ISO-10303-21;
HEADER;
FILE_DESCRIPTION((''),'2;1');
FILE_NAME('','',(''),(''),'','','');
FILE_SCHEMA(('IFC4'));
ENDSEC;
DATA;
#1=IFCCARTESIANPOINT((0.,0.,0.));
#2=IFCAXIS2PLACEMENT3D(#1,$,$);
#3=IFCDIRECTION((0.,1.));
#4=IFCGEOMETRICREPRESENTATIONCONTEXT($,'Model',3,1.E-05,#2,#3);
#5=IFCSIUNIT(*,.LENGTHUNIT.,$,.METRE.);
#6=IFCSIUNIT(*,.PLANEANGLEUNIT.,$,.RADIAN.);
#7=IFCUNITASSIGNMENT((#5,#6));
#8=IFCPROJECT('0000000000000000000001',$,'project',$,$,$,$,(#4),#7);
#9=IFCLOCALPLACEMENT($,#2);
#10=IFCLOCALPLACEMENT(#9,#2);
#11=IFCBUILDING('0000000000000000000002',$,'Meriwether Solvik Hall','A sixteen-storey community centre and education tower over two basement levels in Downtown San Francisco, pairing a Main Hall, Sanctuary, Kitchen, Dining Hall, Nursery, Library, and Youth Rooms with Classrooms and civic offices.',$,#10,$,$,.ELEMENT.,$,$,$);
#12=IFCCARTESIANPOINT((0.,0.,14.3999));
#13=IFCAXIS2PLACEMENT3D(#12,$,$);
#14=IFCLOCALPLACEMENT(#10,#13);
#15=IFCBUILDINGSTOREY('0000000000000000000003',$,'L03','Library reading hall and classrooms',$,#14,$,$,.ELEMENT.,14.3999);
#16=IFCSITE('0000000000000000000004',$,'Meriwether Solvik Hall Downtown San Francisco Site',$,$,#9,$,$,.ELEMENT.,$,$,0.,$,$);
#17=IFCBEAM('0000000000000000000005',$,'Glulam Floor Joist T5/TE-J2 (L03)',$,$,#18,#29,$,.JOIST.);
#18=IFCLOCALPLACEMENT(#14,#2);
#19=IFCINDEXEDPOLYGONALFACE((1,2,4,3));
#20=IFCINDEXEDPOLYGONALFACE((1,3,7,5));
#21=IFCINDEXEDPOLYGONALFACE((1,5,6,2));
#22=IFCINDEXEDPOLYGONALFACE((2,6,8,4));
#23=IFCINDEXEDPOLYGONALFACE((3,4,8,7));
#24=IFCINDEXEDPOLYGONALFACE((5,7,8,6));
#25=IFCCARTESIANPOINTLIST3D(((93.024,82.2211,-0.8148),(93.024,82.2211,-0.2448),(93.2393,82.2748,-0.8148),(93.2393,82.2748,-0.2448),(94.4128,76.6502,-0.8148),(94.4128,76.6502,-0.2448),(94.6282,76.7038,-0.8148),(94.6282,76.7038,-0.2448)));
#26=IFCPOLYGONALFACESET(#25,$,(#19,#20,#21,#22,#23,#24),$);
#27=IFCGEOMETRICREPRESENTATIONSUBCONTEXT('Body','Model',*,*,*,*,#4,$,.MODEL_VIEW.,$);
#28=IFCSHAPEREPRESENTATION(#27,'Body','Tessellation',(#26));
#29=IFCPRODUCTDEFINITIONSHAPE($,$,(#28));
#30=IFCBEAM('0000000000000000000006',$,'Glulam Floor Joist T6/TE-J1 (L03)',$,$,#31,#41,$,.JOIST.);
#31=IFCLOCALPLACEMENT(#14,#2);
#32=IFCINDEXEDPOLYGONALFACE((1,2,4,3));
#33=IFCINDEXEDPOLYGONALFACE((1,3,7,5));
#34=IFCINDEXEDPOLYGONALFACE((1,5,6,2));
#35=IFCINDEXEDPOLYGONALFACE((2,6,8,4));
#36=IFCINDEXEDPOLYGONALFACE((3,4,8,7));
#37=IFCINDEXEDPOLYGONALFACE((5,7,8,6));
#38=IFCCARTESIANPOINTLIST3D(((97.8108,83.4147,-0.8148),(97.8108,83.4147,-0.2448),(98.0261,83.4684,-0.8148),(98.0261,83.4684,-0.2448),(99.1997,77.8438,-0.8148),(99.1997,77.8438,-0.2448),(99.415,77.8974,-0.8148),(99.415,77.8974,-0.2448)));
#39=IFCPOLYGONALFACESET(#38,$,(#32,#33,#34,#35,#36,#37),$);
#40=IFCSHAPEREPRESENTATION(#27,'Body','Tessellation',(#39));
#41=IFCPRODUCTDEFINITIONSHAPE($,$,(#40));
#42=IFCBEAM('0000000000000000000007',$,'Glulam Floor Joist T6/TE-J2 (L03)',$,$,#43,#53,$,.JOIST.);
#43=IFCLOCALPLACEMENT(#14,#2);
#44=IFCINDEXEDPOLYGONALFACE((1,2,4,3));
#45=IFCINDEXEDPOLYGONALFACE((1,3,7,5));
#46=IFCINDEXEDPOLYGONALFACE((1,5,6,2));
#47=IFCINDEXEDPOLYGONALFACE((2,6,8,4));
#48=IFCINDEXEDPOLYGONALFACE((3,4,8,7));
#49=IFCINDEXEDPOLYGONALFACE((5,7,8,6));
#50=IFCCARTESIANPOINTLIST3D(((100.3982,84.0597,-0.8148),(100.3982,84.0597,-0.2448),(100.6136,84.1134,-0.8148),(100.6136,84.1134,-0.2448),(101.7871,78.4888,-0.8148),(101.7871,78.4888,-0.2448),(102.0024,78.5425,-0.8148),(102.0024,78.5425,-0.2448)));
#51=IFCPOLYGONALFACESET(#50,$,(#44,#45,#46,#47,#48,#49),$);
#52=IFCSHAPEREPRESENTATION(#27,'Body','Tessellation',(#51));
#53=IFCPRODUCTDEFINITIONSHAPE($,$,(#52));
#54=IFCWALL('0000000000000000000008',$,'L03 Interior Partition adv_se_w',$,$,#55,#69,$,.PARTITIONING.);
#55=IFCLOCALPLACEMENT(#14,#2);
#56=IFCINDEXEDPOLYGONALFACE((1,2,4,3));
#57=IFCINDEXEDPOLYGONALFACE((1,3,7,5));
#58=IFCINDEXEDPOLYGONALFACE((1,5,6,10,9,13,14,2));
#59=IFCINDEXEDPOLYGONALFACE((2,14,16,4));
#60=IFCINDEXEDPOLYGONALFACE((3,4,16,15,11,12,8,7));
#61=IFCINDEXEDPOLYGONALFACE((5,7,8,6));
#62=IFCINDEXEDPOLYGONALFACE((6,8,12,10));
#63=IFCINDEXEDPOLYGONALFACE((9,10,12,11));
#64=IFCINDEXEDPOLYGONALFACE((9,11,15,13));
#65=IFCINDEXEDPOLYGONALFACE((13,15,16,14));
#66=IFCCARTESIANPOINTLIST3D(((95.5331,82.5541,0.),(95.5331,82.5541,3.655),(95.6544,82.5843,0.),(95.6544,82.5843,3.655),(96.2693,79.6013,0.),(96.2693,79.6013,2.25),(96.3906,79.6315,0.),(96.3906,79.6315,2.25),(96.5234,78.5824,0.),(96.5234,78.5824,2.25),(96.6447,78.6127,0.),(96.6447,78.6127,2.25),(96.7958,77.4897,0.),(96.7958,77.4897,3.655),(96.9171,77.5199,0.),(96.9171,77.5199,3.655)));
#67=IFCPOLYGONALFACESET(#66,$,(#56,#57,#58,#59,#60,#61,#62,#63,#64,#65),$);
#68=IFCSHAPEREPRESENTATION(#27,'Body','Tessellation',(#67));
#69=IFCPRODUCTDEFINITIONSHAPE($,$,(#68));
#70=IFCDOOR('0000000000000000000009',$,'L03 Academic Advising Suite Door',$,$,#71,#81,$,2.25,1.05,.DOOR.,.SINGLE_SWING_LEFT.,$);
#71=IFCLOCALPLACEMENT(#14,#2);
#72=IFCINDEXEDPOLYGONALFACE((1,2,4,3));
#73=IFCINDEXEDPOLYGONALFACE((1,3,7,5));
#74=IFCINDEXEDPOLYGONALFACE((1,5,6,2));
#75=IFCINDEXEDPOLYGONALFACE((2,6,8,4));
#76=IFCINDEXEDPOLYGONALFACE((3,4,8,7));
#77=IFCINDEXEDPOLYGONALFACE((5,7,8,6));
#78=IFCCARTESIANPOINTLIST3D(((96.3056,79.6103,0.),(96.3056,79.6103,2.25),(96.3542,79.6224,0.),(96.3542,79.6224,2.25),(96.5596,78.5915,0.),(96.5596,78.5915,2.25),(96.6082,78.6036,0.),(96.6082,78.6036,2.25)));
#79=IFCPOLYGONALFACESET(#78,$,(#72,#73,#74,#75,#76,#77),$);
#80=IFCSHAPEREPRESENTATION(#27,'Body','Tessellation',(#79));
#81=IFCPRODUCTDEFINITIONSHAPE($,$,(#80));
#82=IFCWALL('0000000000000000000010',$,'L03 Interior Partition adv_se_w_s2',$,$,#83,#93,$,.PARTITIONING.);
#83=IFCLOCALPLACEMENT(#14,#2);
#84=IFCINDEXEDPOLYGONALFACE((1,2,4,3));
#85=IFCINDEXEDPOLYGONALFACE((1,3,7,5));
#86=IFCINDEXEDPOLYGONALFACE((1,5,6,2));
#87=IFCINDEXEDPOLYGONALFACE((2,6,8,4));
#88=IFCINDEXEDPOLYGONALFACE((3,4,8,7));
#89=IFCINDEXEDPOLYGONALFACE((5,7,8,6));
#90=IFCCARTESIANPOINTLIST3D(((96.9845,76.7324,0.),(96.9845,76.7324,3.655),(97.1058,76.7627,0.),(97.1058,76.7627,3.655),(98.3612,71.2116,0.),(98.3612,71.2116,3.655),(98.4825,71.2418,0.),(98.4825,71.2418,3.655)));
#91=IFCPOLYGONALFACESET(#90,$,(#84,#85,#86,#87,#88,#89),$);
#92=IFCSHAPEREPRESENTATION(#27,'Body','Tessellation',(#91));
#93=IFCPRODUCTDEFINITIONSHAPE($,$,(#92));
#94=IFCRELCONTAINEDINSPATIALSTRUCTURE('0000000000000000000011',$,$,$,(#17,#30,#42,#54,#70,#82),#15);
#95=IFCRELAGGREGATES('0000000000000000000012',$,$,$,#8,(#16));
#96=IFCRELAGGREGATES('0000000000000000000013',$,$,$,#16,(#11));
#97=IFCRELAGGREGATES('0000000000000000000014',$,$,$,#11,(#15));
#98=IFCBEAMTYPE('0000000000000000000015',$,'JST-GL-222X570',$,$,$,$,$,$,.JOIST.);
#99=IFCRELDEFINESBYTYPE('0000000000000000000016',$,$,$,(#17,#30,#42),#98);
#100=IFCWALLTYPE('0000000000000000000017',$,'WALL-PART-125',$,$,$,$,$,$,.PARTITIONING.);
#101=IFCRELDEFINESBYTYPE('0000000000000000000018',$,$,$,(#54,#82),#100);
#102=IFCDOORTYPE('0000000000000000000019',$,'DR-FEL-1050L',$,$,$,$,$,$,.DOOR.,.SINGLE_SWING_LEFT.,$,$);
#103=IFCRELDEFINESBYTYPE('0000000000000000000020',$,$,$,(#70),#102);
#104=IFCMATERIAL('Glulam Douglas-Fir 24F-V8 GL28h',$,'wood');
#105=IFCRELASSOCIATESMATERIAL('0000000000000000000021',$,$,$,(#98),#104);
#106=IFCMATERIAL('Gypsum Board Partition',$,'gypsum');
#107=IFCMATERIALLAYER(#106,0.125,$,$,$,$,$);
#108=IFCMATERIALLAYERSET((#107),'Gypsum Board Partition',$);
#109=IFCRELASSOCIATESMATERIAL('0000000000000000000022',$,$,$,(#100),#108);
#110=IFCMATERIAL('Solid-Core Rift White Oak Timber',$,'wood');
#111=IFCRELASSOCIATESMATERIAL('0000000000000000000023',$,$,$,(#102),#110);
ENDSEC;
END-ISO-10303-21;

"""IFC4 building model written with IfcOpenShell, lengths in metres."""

from ifc_helpers import new_model, si_unit, direction, frame, frame_2d, origin, origin_2d, place, context, subcontext, project, spatial, rectangle, extrude, material, layer, layer_set, material_profile, profile_set, type_object, element, fill, save


model = new_model("IFC4")

# Units and contexts
model_context = context("Model", 3, precision=1e-05, world=origin(), true_north=direction((0.0, 1.0)))
body_context = subcontext(model_context, "Body", "Model", "MODEL_VIEW")
ifc_project = project(units=[si_unit("LENGTHUNIT", "METRE"), si_unit("PLANEANGLEUNIT", "RADIAN")], contexts=[model_context])

# Site, building, storey
site_placement = place(None, origin())
site = spatial("IfcSite", under=ifc_project, at=site_placement, Name="Meriwether Solvik Hall Downtown San Francisco Site", CompositionType="ELEMENT", RefElevation=0.0)
building_placement = place(site_placement, origin())
building = spatial("IfcBuilding", under=site, at=building_placement, Name="Meriwether Solvik Hall", Description="A sixteen-storey community centre and education tower over two basement levels in Downtown San Francisco, pairing a Main Hall, Sanctuary, Kitchen, Dining Hall, Nursery, Library, and Youth Rooms with Classrooms and civic offices.", CompositionType="ELEMENT")
storey_placement = place(building_placement, frame((0.0, 0.0, 14.3999)))
storey = spatial("IfcBuildingStorey", under=building, at=storey_placement, Name="L03", Description="Library reading hall and classrooms", CompositionType="ELEMENT", Elevation=14.3999)

# Beams
ifc_material_1 = material(Name="Glulam Douglas-Fir 24F-V8 GL28h", Category="wood")
ifc_material_profile_1 = material_profile(ifc_material_1, rectangle(XDim=0.2219, YDim=0.5701, at=origin_2d()), Name="GLJ-222X570")
ifc_profile_set_1 = profile_set([ifc_material_profile_1], Name="Glulam Douglas-Fir 24F-V8 GL28h")
beam_type_1 = type_object("IfcBeamType", Name="JST-GL-222X570", PredefinedType="JOIST", material=ifc_profile_set_1)
for number, where, z_axis, x_axis, name in (
    (1, (94.5205, 76.677, -0.5298), (-0.241905, 0.9703, 0.0), (-0.9703, -0.241905, 0.0), "Glulam Floor Joist T5/TE-J2 (L03)"),
    (2, (99.3074, 77.8706, -0.5298), (-0.241915, 0.970297, 0.0), (-0.970297, -0.241915, 0.0), "Glulam Floor Joist T6/TE-J1 (L03)"),
    (3, (101.8948, 78.5156, -0.5298), (-0.241905, 0.9703, 0.0), (-0.9703, -0.241905, 0.0), "Glulam Floor Joist T6/TE-J2 (L03)"),
):
    element("IfcBeam", number, at=place(storey_placement, frame(where, z_axis=z_axis, x_axis=x_axis)), inside=storey, type_object=beam_type_1, Name=name, PredefinedType="JOIST", context=body_context, shape_type="SweptSolid", body=[
        extrude(rectangle(XDim=0.2219, YDim=0.5701, at=origin_2d()), origin(), (0.0, 0.0, 1.0), 5.7415),
    ])

# Wall, opening, door
ifc_material_2 = material(Name="Gypsum Board Partition", Category="gypsum")
ifc_layer = layer(ifc_material_2, 0.125)
ifc_layer_set = layer_set([ifc_layer], Name="Gypsum Board Partition")
wall_type = type_object("IfcWallType", Name="WALL-PART-125", PredefinedType="PARTITIONING", material=ifc_layer_set)
wall_1_placement = place(storey_placement, frame((95.5938, 82.5693, 0.0), z_axis=(0.0, 0.0, 1.0), x_axis=(0.241919, -0.970296, 0.0)))
wall_1 = element("IfcWall", 4, at=wall_1_placement, inside=storey, type_object=wall_type, Name="L03 Interior Partition adv_se_w", PredefinedType="PARTITIONING", context=body_context, shape_type="SweptSolid", body=[
    extrude(rectangle(XDim=5.2195, YDim=0.125, at=frame_2d((2.6099, 0.0))), origin(), (0.0, 0.0, 1.0), 3.655),
])
opening_placement = place(wall_1_placement, frame((3.0435, 0.0, 0.0)))
opening = element("IfcOpeningElement", 5, at=opening_placement, cuts=wall_1, PredefinedType="OPENING", context=body_context, shape_type="SweptSolid", body=[
    extrude(rectangle(XDim=1.05, YDim=2.25, at=frame_2d((0.5249, 1.125))), frame((0.0, 0.0745, 0.0), z_axis=(0.0, -1.0, 0.0), x_axis=(1.0, 0.0, 0.0)), (0.0, 0.0, 1.0), 0.1489),
])
ifc_material_3 = material(Name="Solid-Core Rift White Oak Timber", Category="wood")
door_type = type_object("IfcDoorType", Name="DR-FEL-1050L", OperationType="SINGLE_SWING_LEFT", PredefinedType="DOOR", material=ifc_material_3)
door_placement = place(opening_placement, origin())
door = element("IfcDoor", 6, at=door_placement, inside=storey, type_object=door_type, Name="L03 Academic Advising Suite Door", OperationType="SINGLE_SWING_LEFT", OverallHeight=2.25, OverallWidth=1.05, PredefinedType="DOOR", context=body_context, shape_type="SweptSolid", body=[
    extrude(rectangle(XDim=1.05, YDim=2.25, at=frame_2d((0.5249, 1.125))), frame((0.0, 0.0249, 0.0), z_axis=(0.0, -1.0, 0.0), x_axis=(1.0, 0.0, 0.0)), (0.0, 0.0, 1.0), 0.05),
])
fill(opening, door)

# Wall
wall_2_placement = place(storey_placement, frame((97.0452, 76.7476, 0.0), z_axis=(0.0, 0.0, 1.0), x_axis=(0.24195, -0.970289, 0.0)))
element("IfcWall", 7, at=wall_2_placement, inside=storey, type_object=wall_type, Name="L03 Interior Partition adv_se_w_s2", PredefinedType="PARTITIONING", context=body_context, shape_type="SweptSolid", body=[
    extrude(rectangle(XDim=5.6899, YDim=0.125, at=frame_2d((2.845, 0.0))), origin(), (0.0, 0.0, 1.0), 3.655),
])

save(model, "model.ifc")
